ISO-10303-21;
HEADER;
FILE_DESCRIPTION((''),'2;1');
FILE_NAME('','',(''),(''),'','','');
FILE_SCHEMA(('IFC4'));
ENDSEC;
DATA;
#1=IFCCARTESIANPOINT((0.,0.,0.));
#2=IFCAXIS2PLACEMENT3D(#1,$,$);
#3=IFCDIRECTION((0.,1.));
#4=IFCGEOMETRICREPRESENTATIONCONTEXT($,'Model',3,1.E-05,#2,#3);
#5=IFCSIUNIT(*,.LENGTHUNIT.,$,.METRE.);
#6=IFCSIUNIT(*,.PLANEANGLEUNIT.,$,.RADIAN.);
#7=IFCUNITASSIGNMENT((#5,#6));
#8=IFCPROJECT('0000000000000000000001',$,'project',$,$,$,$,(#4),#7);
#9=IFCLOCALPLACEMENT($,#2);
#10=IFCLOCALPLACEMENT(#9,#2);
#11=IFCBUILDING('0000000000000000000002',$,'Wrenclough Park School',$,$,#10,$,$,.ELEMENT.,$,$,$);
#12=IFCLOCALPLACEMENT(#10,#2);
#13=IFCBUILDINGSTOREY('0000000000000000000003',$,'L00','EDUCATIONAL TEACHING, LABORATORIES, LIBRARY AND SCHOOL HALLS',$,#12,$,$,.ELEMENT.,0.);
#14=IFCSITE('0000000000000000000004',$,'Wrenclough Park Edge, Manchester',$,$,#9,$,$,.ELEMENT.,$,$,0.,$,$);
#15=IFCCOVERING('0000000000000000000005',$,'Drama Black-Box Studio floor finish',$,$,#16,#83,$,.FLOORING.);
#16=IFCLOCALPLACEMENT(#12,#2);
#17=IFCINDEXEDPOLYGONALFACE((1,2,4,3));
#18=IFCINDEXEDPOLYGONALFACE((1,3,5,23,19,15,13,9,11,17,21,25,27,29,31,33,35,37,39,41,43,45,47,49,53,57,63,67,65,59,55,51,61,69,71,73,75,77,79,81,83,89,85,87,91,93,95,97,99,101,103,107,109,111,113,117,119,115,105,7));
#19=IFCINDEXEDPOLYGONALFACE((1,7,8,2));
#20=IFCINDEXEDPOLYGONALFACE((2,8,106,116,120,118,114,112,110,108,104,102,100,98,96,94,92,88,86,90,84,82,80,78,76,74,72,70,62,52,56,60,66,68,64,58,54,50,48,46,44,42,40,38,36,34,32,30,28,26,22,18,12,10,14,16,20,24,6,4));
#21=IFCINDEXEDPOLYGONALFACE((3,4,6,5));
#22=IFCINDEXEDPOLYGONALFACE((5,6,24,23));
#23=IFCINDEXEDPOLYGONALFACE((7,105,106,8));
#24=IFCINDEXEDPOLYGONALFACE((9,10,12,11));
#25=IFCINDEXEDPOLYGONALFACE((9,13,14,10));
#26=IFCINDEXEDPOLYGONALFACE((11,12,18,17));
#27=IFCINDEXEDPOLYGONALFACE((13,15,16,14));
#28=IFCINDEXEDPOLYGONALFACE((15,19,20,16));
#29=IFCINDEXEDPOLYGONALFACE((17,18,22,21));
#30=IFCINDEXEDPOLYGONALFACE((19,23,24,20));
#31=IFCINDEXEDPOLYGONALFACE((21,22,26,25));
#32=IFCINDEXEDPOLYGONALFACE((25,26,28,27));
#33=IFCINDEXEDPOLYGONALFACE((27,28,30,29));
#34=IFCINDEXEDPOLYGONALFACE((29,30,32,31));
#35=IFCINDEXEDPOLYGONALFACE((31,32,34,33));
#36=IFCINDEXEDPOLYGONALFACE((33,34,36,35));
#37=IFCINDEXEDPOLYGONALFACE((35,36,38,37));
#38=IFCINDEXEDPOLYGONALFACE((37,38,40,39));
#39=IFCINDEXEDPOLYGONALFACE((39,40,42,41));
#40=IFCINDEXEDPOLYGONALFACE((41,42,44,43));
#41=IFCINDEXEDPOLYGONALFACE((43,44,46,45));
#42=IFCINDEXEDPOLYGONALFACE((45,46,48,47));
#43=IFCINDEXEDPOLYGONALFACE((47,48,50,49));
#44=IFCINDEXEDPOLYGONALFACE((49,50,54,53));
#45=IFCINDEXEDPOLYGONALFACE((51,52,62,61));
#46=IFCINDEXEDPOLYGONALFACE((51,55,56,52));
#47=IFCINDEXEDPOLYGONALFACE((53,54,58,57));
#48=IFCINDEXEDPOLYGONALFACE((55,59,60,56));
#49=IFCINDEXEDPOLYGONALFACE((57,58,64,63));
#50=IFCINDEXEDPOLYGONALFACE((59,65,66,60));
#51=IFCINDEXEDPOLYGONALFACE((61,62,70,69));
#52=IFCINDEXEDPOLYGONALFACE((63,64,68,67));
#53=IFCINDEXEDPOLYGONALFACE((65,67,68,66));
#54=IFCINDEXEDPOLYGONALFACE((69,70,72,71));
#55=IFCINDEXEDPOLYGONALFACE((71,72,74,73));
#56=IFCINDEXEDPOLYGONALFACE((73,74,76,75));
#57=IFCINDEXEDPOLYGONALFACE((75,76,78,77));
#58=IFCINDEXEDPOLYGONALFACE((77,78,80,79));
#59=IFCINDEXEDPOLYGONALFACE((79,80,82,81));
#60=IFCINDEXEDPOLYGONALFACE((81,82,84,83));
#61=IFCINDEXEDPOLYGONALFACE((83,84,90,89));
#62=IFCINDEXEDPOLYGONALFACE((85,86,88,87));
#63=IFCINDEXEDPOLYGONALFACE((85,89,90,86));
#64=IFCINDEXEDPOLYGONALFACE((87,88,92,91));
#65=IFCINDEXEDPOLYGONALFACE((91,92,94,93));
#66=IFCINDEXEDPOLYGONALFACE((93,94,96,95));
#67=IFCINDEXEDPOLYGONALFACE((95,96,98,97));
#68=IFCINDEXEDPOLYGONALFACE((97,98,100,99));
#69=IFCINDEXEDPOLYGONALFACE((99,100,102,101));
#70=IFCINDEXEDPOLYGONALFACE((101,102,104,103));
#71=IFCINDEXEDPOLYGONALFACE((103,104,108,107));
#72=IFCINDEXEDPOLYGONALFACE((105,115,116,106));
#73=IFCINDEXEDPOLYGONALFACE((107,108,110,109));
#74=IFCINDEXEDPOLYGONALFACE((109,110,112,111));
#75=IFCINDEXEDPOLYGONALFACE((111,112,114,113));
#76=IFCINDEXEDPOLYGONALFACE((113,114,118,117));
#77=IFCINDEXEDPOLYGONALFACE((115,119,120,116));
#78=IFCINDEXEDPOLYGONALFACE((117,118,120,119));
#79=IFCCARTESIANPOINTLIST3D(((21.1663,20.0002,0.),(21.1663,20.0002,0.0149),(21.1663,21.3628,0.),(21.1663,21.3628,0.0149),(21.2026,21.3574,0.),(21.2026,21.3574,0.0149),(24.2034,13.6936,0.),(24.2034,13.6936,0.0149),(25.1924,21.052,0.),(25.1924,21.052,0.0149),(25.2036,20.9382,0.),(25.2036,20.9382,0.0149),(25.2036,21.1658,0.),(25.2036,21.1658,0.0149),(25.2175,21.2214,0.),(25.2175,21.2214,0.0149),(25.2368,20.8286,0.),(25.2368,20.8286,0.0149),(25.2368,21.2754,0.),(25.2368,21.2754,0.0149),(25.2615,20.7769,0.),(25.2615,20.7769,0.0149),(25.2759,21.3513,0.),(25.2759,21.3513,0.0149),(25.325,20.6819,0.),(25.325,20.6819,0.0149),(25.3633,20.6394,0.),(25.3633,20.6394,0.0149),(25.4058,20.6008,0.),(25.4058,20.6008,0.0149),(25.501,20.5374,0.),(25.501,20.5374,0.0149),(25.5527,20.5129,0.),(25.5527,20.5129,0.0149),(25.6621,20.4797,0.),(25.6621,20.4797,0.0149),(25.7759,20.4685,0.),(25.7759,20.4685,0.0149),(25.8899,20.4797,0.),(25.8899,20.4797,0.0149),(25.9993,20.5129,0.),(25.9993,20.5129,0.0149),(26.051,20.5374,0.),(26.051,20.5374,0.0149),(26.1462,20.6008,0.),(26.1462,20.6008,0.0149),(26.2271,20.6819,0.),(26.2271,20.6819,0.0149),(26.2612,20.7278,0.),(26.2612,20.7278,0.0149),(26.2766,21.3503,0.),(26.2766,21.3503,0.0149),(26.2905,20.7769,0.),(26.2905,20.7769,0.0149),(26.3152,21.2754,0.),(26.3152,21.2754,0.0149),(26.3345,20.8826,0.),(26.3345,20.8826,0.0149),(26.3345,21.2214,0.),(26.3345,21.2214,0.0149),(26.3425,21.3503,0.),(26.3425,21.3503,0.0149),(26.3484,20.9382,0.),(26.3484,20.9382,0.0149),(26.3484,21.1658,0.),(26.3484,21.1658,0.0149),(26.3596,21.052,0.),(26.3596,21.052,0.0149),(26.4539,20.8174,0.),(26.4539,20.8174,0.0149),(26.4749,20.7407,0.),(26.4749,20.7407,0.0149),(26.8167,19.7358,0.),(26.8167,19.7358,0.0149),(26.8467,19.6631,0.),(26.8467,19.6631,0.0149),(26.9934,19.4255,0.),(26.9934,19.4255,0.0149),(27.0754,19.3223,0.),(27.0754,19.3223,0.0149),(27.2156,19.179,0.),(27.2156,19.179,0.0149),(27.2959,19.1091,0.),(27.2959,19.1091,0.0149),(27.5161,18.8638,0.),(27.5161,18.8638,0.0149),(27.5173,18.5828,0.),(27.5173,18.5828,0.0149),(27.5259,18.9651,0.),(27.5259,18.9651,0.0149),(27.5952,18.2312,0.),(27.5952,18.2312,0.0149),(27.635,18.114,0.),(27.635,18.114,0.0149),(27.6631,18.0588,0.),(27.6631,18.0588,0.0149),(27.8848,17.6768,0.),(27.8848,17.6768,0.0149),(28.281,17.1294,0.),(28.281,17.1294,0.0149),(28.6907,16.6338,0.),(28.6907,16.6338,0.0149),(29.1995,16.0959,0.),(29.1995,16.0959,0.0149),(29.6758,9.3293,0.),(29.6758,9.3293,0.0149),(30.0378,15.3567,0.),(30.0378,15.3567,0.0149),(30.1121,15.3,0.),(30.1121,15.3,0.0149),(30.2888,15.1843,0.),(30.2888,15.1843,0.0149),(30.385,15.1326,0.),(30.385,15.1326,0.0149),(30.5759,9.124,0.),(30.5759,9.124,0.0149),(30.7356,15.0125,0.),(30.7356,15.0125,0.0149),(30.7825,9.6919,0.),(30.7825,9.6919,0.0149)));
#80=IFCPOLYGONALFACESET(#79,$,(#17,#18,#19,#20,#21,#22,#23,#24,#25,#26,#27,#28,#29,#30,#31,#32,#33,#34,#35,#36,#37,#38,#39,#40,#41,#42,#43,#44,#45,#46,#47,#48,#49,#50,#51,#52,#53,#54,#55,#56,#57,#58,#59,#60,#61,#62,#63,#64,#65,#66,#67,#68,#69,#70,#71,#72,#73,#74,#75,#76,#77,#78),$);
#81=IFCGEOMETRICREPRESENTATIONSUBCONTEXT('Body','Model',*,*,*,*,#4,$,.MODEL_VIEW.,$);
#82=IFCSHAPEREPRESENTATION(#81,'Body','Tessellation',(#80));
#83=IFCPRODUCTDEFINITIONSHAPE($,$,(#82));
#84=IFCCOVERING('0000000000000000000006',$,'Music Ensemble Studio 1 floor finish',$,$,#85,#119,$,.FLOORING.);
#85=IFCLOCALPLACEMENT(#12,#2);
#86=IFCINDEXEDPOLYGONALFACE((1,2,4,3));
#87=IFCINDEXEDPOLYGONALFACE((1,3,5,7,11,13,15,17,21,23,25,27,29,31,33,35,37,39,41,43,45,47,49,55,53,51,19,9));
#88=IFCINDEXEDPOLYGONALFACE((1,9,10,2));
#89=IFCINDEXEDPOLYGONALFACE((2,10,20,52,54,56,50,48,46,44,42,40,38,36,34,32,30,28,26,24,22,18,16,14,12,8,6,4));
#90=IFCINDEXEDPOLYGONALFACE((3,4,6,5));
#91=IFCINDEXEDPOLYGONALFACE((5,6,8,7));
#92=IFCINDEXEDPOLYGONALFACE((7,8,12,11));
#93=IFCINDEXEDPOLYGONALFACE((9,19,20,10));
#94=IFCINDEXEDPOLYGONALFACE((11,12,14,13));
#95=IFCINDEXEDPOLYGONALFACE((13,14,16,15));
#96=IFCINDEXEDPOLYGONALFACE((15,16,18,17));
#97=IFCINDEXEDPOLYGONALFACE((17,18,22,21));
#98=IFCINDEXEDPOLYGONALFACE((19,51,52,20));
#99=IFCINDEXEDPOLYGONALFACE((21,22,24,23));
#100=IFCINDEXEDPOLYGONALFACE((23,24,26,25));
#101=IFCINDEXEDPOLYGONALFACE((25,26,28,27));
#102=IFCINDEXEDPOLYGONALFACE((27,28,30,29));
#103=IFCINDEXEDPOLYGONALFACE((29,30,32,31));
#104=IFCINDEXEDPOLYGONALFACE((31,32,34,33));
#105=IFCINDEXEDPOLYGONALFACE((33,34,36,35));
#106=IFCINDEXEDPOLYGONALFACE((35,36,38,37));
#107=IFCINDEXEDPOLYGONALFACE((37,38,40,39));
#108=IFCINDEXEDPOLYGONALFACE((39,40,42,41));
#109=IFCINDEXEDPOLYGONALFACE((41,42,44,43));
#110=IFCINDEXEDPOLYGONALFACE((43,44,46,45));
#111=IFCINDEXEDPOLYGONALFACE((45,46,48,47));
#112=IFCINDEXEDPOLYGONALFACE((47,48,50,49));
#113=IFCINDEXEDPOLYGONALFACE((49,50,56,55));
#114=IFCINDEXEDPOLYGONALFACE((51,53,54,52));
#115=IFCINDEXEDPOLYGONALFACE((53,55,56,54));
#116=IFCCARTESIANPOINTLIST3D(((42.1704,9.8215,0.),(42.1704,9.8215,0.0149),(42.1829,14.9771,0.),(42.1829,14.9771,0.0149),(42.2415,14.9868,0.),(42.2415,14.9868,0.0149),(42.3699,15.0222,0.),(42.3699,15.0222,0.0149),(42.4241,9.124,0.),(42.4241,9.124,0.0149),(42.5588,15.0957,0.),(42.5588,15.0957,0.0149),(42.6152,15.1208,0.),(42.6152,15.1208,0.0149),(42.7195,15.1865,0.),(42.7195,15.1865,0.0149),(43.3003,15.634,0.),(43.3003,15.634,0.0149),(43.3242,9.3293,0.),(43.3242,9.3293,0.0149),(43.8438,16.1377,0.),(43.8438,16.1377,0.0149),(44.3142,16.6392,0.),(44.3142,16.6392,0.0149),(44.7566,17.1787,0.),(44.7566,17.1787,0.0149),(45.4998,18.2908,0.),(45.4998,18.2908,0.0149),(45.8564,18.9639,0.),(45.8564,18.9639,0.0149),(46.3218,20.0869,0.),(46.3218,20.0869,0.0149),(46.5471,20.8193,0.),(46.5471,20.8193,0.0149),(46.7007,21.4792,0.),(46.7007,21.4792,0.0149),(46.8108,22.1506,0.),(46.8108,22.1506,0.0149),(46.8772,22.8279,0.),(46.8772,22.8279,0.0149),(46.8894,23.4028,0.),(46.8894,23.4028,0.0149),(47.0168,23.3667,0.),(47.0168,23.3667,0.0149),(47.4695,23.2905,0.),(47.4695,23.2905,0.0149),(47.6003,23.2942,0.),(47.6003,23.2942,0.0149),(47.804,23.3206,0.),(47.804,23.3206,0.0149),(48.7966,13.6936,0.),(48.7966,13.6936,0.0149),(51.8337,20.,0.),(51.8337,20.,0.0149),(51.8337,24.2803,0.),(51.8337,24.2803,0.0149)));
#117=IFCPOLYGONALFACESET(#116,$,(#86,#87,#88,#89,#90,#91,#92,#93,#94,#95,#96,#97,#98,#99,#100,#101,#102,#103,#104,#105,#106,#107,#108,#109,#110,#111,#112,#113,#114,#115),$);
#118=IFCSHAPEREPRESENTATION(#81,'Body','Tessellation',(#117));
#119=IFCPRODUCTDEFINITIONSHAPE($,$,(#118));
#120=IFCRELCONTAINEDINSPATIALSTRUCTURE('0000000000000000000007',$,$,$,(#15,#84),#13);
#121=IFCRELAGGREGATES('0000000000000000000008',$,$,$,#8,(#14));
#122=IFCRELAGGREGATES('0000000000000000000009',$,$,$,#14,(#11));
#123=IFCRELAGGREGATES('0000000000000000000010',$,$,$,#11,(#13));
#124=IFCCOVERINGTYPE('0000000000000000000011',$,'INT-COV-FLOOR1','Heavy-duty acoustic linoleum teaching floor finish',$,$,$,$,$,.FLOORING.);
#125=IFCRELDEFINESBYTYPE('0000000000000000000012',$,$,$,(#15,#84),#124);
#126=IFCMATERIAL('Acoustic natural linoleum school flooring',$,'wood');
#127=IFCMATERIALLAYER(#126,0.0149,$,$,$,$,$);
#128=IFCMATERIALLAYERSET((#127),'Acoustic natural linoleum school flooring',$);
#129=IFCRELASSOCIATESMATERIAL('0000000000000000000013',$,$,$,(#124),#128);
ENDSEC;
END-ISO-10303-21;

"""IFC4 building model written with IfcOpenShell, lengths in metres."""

from ifc_helpers import new_model, si_unit, direction, origin, place, context, subcontext, project, spatial, polyline, outline, extrude, material, layer, layer_set, type_object, element, save


model = new_model("IFC4")

# Units and contexts
model_context = context("Model", 3, precision=1e-05, world=origin(), true_north=direction((0.0, 1.0)))
body_context = subcontext(model_context, "Body", "Model", "MODEL_VIEW")
ifc_project = project(units=[si_unit("LENGTHUNIT", "METRE"), si_unit("PLANEANGLEUNIT", "RADIAN")], contexts=[model_context])

# Site, building, storey
site_placement = place(None, origin())
site = spatial("IfcSite", under=ifc_project, at=site_placement, Name="Wrenclough Park Edge, Manchester", CompositionType="ELEMENT", RefElevation=0.0)
building_placement = place(site_placement, origin())
building = spatial("IfcBuilding", under=site, at=building_placement, Name="Wrenclough Park School", CompositionType="ELEMENT")
storey_placement = place(building_placement, origin())
storey = spatial("IfcBuildingStorey", under=building, at=storey_placement, Name="L00", Description="EDUCATIONAL TEACHING, LABORATORIES, LIBRARY AND SCHOOL HALLS", CompositionType="ELEMENT", Elevation=0.0)

# Coverings
ifc_material_1 = material(Name="Acoustic natural linoleum school flooring", Category="wood")
ifc_layer_1 = layer(ifc_material_1, 0.0149)
ifc_layer_set_1 = layer_set([ifc_layer_1], Name="Acoustic natural linoleum school flooring")
covering_type_1 = type_object("IfcCoveringType", Name="INT-COV-FLOOR1", Description="Heavy-duty acoustic linoleum teaching floor finish", PredefinedType="FLOORING", material=ifc_layer_set_1)
covering_1_placement = place(storey_placement, origin())
element("IfcCovering", 1, at=covering_1_placement, inside=storey, type_object=covering_type_1, Name="Drama Black-Box Studio floor finish", PredefinedType="FLOORING", context=body_context, shape_type="SweptSolid", body=[
    extrude(outline(polyline([(21.2026, 21.3574), (21.1663, 21.3628), (21.1663, 20.0002), (24.2034, 13.6936), (29.6758, 9.3293), (30.5759, 9.124), (30.7825, 9.6919), (30.7356, 15.0125), (30.385, 15.1326), (30.2888, 15.1843), (30.1121, 15.3), (30.0378, 15.3567), (29.1995, 16.0959), (28.6907, 16.6338), (28.281, 17.1294), (27.8848, 17.6768), (27.6631, 18.0588), (27.635, 18.114), (27.5952, 18.2312), (27.5173, 18.5828), (27.5161, 18.8638), (27.5259, 18.9651), (27.2959, 19.1091), (27.2156, 19.179), (27.0754, 19.3223), (26.9934, 19.4255), (26.8467, 19.6631), (26.8167, 19.7358), (26.4749, 20.7407), (26.4539, 20.8174), (26.3425, 21.3503), (26.2766, 21.3503), (26.3152, 21.2754), (26.3345, 21.2214), (26.3484, 21.1658), (26.3596, 21.052), (26.3484, 20.9382), (26.3345, 20.8826), (26.2905, 20.7769), (26.2612, 20.7278), (26.2271, 20.6819), (26.1462, 20.6008), (26.051, 20.5374), (25.9993, 20.5129), (25.8899, 20.4797), (25.7759, 20.4685), (25.6621, 20.4797), (25.5527, 20.5129), (25.501, 20.5374), (25.4058, 20.6008), (25.3633, 20.6394), (25.325, 20.6819), (25.2615, 20.7769), (25.2368, 20.8286), (25.2036, 20.9382), (25.1924, 21.052), (25.2036, 21.1658), (25.2175, 21.2214), (25.2368, 21.2754), (25.2759, 21.3513), (21.2026, 21.3574)])), origin(), (0.0, 0.0, 1.0), 0.0149),
])
covering_2_placement = place(storey_placement, origin())
element("IfcCovering", 2, at=covering_2_placement, inside=storey, type_object=covering_type_1, Name="Music Ensemble Studio 1 floor finish", PredefinedType="FLOORING", context=body_context, shape_type="SweptSolid", body=[
    extrude(outline(polyline([(42.2415, 14.9868), (42.1829, 14.9771), (42.1704, 9.8215), (42.4241, 9.124), (43.3242, 9.3293), (48.7966, 13.6936), (51.8337, 20.0), (51.8337, 24.2803), (47.804, 23.3206), (47.6003, 23.2942), (47.4695, 23.2905), (47.0168, 23.3667), (46.8894, 23.4028), (46.8772, 22.8279), (46.8108, 22.1506), (46.7007, 21.4792), (46.5471, 20.8193), (46.3218, 20.0869), (45.8564, 18.9639), (45.4998, 18.2908), (44.7566, 17.1787), (44.3142, 16.6392), (43.8438, 16.1377), (43.3003, 15.634), (42.7195, 15.1865), (42.6152, 15.1208), (42.5588, 15.0957), (42.3699, 15.0222), (42.2415, 14.9868)])), origin(), (0.0, 0.0, 1.0), 0.0149),
])

save(model, "model.ifc")
